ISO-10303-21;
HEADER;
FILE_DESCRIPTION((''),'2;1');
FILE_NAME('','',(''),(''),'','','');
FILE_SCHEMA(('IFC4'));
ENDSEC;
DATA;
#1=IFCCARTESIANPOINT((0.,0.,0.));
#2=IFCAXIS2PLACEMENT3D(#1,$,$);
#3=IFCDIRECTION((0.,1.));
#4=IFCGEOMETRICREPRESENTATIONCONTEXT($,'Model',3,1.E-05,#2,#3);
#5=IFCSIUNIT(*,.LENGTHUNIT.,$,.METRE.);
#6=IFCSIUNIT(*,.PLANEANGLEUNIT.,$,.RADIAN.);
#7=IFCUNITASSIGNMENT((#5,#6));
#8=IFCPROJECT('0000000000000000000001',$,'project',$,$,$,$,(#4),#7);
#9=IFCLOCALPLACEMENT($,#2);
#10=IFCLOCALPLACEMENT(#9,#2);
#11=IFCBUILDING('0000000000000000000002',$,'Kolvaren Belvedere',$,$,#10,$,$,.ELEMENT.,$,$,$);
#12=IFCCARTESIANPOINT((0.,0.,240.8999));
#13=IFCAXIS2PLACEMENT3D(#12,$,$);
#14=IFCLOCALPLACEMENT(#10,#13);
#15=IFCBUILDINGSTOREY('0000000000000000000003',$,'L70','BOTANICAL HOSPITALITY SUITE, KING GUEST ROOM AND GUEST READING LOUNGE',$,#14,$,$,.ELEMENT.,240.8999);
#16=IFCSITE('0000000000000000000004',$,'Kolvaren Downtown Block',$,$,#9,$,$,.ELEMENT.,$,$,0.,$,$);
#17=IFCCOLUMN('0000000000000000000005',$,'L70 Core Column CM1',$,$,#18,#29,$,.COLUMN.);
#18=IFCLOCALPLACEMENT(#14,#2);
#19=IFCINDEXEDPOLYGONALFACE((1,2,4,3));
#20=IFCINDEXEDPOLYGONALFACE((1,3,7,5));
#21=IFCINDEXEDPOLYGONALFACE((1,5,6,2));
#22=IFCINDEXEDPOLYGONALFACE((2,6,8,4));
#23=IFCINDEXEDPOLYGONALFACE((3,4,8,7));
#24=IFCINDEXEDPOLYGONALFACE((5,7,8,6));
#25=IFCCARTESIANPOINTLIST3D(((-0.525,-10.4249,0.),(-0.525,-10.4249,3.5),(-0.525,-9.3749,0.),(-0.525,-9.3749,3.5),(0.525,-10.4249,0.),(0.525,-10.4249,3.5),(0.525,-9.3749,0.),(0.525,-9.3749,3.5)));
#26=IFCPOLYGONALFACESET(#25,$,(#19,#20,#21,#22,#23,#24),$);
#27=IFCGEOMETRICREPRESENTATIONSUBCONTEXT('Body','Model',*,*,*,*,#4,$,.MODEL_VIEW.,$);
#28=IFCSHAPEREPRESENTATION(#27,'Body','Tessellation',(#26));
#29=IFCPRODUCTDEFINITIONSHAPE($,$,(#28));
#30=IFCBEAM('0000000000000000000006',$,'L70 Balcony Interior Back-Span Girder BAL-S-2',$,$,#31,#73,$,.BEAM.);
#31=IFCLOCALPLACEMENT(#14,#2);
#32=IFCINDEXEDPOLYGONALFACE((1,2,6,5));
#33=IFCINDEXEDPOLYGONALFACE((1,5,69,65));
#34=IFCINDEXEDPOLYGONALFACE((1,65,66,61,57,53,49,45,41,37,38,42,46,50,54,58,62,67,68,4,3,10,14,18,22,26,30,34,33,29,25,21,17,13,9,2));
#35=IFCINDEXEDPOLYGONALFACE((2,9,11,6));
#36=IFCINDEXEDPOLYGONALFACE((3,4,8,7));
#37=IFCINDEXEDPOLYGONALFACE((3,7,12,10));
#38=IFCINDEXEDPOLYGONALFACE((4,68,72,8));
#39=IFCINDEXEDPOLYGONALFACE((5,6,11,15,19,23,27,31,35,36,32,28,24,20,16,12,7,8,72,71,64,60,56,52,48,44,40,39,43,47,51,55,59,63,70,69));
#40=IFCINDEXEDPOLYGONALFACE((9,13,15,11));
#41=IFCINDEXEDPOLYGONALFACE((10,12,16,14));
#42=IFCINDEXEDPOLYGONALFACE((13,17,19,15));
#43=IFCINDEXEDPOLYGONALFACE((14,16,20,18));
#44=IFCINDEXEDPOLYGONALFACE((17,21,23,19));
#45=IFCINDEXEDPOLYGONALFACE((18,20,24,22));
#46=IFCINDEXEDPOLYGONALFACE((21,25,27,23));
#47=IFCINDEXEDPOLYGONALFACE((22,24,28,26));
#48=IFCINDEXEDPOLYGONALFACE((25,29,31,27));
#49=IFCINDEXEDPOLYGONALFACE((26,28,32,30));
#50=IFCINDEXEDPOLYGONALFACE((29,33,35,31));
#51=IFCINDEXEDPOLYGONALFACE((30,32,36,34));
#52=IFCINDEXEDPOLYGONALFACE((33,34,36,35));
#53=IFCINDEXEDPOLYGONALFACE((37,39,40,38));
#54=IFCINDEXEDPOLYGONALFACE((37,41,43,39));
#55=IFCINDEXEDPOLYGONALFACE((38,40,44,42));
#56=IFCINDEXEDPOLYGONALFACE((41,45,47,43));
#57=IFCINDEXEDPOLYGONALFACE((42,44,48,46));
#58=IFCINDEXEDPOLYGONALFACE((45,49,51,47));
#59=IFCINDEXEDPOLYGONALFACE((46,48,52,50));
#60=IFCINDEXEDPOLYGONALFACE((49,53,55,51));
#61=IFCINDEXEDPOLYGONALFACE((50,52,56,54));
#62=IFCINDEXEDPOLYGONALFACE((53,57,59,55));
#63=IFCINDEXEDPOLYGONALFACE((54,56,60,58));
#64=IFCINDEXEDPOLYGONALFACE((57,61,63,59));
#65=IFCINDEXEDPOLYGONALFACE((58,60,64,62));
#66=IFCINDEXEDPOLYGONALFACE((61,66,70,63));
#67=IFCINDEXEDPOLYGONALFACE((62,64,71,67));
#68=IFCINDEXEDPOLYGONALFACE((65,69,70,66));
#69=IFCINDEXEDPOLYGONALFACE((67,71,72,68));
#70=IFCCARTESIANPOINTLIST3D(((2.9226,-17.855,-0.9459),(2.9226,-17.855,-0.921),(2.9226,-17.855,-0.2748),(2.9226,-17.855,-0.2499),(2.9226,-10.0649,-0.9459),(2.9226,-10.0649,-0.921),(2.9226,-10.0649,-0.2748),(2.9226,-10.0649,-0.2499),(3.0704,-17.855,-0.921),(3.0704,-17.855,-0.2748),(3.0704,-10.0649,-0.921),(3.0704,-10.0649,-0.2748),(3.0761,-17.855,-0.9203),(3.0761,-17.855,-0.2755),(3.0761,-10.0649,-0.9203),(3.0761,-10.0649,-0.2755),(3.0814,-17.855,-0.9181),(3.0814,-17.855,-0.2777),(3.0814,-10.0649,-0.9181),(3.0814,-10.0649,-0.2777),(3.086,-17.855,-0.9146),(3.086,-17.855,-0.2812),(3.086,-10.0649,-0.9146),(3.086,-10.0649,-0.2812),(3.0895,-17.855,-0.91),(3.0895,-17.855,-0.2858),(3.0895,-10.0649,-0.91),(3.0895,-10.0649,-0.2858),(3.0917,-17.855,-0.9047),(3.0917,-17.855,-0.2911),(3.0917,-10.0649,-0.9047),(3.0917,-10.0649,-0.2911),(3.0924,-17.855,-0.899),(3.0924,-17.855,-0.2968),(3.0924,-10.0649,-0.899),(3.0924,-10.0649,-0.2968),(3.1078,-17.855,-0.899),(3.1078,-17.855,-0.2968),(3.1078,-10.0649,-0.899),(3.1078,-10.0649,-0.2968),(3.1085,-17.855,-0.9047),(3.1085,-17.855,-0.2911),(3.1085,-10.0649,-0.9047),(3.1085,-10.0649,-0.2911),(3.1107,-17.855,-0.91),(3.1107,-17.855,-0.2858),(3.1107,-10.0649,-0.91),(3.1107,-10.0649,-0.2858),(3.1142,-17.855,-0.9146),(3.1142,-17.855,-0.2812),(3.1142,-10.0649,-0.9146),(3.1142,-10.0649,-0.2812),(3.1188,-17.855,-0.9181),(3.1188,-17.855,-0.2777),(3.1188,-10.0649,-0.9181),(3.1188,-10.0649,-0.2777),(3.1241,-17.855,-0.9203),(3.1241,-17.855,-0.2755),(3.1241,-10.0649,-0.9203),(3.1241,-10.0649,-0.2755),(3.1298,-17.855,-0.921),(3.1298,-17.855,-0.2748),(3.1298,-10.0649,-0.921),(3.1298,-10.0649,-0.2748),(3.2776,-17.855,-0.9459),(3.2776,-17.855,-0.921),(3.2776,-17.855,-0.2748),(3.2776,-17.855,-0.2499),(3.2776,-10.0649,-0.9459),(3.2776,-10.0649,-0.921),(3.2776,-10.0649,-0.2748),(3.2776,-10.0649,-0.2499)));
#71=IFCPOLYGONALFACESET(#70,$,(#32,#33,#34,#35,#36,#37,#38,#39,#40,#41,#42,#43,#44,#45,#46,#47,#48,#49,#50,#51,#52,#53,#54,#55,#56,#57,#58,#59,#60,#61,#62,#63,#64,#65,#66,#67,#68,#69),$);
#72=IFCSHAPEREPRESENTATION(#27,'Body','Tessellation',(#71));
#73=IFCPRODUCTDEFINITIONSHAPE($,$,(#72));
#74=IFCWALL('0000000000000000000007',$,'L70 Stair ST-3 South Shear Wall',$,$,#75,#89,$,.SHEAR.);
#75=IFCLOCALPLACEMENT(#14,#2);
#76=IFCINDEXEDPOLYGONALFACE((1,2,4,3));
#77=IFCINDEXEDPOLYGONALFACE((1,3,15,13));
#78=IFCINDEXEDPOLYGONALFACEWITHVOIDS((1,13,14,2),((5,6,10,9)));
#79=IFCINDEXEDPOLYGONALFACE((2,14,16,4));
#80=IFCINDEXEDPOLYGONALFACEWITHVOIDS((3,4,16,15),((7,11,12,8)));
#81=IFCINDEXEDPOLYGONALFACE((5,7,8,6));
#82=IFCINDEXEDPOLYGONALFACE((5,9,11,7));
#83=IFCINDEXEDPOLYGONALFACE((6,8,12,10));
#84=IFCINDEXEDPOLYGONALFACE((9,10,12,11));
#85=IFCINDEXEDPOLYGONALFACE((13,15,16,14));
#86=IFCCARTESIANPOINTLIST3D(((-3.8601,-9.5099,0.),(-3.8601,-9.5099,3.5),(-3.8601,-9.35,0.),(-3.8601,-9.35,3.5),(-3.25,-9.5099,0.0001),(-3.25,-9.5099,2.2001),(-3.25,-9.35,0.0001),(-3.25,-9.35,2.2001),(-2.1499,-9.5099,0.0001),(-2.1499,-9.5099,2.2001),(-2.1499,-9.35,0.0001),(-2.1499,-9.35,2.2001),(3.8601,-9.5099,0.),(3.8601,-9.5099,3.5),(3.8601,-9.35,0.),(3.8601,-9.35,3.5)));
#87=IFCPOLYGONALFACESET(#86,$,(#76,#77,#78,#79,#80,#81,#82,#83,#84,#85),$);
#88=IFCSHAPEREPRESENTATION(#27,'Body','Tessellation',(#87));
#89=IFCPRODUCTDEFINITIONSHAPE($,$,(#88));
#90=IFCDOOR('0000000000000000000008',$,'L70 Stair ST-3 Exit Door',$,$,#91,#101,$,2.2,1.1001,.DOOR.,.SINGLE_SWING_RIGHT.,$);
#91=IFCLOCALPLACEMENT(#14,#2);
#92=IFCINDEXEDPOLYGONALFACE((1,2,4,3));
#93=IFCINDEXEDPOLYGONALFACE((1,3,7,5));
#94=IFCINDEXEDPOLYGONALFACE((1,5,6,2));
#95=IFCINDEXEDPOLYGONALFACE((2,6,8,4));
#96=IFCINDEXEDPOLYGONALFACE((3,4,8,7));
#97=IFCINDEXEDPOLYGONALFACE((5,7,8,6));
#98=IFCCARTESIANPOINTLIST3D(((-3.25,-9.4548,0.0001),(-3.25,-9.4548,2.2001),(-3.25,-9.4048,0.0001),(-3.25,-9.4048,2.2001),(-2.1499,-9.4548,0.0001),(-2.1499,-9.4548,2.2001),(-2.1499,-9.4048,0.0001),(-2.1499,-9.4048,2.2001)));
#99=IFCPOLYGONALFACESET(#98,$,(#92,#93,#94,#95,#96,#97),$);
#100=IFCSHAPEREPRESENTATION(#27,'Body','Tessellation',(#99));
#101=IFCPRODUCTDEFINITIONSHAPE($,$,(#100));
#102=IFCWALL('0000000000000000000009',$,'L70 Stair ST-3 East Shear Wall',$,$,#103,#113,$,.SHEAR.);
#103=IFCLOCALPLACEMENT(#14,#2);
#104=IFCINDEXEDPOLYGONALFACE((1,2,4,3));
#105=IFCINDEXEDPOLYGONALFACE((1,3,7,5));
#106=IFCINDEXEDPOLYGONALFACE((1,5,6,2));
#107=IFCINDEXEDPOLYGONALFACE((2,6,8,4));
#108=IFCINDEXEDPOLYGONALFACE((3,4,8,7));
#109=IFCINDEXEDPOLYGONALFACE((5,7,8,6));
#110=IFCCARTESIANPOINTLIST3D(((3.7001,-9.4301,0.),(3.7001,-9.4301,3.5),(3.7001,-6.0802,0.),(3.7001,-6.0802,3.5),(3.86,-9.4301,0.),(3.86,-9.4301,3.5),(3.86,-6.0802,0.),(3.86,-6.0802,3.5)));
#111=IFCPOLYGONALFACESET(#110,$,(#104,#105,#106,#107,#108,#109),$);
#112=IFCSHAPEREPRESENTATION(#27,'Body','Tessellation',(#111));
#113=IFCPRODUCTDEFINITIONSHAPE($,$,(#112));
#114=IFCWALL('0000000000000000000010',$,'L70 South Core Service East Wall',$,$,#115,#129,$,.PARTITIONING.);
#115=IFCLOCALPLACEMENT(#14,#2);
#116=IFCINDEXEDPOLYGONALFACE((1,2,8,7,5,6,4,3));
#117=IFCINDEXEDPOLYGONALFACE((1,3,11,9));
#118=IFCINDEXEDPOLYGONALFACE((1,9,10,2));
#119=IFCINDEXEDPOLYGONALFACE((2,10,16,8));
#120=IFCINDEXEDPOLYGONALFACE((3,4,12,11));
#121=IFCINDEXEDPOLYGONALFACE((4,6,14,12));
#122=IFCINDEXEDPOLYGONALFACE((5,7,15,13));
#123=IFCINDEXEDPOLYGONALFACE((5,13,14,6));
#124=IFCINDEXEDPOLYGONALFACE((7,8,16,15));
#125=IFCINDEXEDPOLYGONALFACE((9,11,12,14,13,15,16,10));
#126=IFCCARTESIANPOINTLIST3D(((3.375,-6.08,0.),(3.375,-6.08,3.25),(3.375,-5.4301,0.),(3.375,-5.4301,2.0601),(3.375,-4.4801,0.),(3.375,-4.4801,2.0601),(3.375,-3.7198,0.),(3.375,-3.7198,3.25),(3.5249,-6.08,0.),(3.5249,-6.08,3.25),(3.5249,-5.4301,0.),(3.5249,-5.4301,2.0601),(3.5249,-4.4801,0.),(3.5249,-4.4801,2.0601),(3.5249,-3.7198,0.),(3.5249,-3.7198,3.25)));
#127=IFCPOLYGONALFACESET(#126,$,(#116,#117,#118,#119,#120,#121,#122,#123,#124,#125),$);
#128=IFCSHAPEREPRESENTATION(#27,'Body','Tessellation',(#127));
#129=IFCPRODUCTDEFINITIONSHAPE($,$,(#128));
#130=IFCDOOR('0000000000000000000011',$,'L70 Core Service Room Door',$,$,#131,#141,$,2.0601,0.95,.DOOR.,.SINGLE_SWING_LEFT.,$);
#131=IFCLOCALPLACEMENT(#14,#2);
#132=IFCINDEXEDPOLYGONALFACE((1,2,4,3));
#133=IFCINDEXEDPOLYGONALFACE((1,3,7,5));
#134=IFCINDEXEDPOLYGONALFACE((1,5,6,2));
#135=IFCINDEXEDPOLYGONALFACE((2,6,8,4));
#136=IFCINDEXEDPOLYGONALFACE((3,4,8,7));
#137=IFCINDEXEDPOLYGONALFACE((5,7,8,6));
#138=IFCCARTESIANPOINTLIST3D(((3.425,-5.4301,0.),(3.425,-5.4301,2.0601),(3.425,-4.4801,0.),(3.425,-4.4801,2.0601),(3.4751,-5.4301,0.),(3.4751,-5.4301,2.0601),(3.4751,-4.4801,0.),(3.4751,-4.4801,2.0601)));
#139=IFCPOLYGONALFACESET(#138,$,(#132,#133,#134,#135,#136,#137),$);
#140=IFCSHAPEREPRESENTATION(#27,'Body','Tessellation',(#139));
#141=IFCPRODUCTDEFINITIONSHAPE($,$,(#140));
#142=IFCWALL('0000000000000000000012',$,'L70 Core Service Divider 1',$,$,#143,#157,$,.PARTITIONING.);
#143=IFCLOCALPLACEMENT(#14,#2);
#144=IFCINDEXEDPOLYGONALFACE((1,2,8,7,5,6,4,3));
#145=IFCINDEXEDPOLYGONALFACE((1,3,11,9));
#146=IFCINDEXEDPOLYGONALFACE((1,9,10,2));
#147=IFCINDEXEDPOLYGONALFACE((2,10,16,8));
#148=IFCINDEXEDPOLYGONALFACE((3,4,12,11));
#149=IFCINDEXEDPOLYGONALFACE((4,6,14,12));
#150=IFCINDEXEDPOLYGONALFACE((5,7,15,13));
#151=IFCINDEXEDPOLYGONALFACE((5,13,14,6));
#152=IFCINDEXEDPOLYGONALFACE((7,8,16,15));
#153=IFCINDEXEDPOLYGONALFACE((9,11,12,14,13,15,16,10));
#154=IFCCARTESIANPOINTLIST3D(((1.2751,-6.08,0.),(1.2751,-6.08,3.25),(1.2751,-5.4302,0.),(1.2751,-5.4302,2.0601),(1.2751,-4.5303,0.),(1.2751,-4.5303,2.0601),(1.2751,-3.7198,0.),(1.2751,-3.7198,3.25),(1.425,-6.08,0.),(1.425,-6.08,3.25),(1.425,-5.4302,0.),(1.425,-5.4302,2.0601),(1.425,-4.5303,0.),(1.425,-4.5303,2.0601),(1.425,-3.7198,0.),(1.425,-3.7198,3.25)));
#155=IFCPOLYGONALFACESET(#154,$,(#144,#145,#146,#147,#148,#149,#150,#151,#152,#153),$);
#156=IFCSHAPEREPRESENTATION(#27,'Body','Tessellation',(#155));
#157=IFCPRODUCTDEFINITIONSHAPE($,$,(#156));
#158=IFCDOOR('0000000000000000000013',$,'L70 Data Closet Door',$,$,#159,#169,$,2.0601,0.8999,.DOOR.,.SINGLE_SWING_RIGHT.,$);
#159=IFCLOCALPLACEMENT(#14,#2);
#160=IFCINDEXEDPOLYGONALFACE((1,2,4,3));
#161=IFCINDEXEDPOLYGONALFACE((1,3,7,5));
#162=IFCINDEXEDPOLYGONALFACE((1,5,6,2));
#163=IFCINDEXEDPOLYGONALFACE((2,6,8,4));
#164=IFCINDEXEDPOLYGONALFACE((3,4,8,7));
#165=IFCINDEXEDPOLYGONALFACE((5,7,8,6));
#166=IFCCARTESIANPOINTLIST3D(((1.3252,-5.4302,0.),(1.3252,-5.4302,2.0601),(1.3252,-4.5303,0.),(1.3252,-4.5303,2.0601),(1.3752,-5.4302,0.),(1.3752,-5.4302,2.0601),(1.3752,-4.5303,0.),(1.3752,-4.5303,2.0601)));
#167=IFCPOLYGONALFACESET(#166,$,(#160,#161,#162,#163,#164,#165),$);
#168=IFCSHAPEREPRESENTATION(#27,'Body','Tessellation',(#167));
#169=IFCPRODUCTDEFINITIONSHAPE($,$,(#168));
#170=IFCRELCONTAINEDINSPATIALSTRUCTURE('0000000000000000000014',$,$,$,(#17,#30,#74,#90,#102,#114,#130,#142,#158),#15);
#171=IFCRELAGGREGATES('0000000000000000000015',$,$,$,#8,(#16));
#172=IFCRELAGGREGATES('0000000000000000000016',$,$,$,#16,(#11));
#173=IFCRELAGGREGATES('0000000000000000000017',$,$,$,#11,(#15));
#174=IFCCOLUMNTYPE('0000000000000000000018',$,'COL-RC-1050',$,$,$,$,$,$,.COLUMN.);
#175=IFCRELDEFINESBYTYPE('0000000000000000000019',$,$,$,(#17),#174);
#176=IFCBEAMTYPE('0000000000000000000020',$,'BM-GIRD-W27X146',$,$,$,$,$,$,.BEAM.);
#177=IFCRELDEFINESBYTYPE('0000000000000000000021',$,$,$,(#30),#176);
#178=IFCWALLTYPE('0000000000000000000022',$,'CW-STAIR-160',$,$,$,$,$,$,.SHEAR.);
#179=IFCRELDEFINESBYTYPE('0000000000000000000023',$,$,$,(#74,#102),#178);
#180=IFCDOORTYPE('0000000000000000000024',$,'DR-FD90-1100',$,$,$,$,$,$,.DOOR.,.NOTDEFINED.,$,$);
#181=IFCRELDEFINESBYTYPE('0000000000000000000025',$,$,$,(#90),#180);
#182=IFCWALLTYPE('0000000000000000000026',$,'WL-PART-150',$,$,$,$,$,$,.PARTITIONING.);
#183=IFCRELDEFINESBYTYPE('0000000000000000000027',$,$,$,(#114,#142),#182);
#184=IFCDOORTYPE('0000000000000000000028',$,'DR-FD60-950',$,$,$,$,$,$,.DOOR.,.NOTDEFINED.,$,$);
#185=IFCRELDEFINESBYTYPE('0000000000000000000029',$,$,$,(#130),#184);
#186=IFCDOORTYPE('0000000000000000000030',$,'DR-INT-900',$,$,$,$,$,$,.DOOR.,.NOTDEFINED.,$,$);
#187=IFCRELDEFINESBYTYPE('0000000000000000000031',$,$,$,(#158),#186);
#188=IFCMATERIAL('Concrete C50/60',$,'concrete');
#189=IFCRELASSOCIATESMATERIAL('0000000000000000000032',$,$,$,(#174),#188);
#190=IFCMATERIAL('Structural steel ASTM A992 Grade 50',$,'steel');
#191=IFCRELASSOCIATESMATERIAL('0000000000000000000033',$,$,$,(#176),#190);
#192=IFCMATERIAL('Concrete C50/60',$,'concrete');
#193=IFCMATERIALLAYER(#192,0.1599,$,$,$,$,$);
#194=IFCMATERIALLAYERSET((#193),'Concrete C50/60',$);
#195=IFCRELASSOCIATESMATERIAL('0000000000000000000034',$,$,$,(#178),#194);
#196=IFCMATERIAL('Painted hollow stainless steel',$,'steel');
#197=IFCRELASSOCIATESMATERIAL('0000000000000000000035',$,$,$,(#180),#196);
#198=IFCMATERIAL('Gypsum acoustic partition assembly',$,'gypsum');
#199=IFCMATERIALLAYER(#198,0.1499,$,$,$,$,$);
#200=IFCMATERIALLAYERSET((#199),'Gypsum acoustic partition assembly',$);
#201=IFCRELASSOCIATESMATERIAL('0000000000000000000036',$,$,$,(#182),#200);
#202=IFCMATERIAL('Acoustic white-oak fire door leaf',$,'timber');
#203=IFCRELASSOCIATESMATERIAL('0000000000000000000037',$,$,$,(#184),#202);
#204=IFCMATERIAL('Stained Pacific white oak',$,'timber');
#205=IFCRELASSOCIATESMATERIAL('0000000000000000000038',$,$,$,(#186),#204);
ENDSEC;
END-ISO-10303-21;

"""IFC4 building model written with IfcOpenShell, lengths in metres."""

from ifc_helpers import new_model, si_unit, direction, frame, frame_2d, origin, origin_2d, place, context, subcontext, project, spatial, rectangle, i_section, extrude, material, layer, layer_set, material_profile, profile_set, type_object, element, fill, save


model = new_model("IFC4")

# Units and contexts
model_context = context("Model", 3, precision=1e-05, world=origin(), true_north=direction((0.0, 1.0)))
body_context = subcontext(model_context, "Body", "Model", "MODEL_VIEW")
ifc_project = project(units=[si_unit("LENGTHUNIT", "METRE"), si_unit("PLANEANGLEUNIT", "RADIAN")], contexts=[model_context])

# Site, building, storey
site_placement = place(None, origin())
site = spatial("IfcSite", under=ifc_project, at=site_placement, Name="Kolvaren Downtown Block", CompositionType="ELEMENT", RefElevation=0.0)
building_placement = place(site_placement, origin())
building = spatial("IfcBuilding", under=site, at=building_placement, Name="Kolvaren Belvedere", CompositionType="ELEMENT")
storey_placement = place(building_placement, frame((0.0, 0.0, 240.8999)))
storey = spatial("IfcBuildingStorey", under=building, at=storey_placement, Name="L70", Description="BOTANICAL HOSPITALITY SUITE, KING GUEST ROOM AND GUEST READING LOUNGE", CompositionType="ELEMENT", Elevation=240.8999)

# Column
ifc_material_1 = material(Name="Concrete C50/60", Category="concrete")
ifc_material_profile_1 = material_profile(ifc_material_1, rectangle(XDim=1.05, YDim=1.05, at=origin_2d()), Name="RC 1050X1050")
ifc_profile_set_1 = profile_set([ifc_material_profile_1], Name="Concrete C50/60")
column_type = type_object("IfcColumnType", Name="COL-RC-1050", PredefinedType="COLUMN", material=ifc_profile_set_1)
column_placement = place(storey_placement, frame((0.0, -9.8999, 0.0), z_axis=(0.0, 0.0, 1.0), x_axis=(1.0, 0.0, 0.0)))
element("IfcColumn", 1, at=column_placement, inside=storey, type_object=column_type, Name="L70 Core Column CM1", PredefinedType="COLUMN", context=body_context, shape_type="SweptSolid", body=[
    extrude(rectangle(XDim=1.05, YDim=1.05, at=origin_2d()), origin(), (0.0, 0.0, 1.0), 3.5),
])

# Beam
ifc_material_2 = material(Name="Structural steel ASTM A992 Grade 50", Category="steel")
ifc_material_profile_2 = material_profile(ifc_material_2, i_section(OverallWidth=0.355, OverallDepth=0.696, WebThickness=0.0154, FlangeThickness=0.0249, FilletRadius=0.022, at=origin_2d()), Name="W27X146")
ifc_profile_set_2 = profile_set([ifc_material_profile_2], Name="Structural steel ASTM A992 Grade 50")
beam_type = type_object("IfcBeamType", Name="BM-GIRD-W27X146", PredefinedType="BEAM", material=ifc_profile_set_2)
beam_placement = place(storey_placement, frame((3.1001, -10.0649, -0.5979), z_axis=(0.0, -1.0, 0.0), x_axis=(1.0, 0.0, 0.0)))
element("IfcBeam", 2, at=beam_placement, inside=storey, type_object=beam_type, Name="L70 Balcony Interior Back-Span Girder BAL-S-2", PredefinedType="BEAM", context=body_context, shape_type="SweptSolid", body=[
    extrude(i_section(OverallWidth=0.355, OverallDepth=0.696, WebThickness=0.0154, FlangeThickness=0.0249, FilletRadius=0.022, at=origin_2d()), origin(), (0.0, 0.0, 1.0), 7.79),
])

# Wall, opening, door
ifc_material_3 = material(Name="Concrete C50/60", Category="concrete")
ifc_layer_1 = layer(ifc_material_3, 0.1599)
ifc_layer_set_1 = layer_set([ifc_layer_1], Name="Concrete C50/60")
wall_type_1 = type_object("IfcWallType", Name="CW-STAIR-160", PredefinedType="SHEAR", material=ifc_layer_set_1)
wall_1_placement = place(storey_placement, frame((3.8601, -9.4299, 0.0), z_axis=(0.0, 0.0, 1.0), x_axis=(-1.0, 0.0, 0.0)))
wall_1 = element("IfcWall", 3, at=wall_1_placement, inside=storey, type_object=wall_type_1, Name="L70 Stair ST-3 South Shear Wall", PredefinedType="SHEAR", context=body_context, shape_type="SweptSolid", body=[
    extrude(rectangle(XDim=7.7202, YDim=0.1599, at=frame_2d((3.8601, 0.0))), origin(), (0.0, 0.0, 1.0), 3.5),
])
opening_1_placement = place(wall_1_placement, frame((6.01, 0.0, 0.0)))
opening_1 = element("IfcOpeningElement", 4, at=opening_1_placement, cuts=wall_1, PredefinedType="OPENING", context=body_context, shape_type="SweptSolid", body=[
    extrude(rectangle(XDim=1.1001, YDim=2.2, at=frame_2d((0.55, 1.1001))), frame((0.0, 0.0898, 0.0), z_axis=(0.0, -1.0, 0.0), x_axis=(1.0, 0.0, 0.0)), (0.0, 0.0, 1.0), 0.1799),
])
ifc_material_4 = material(Name="Painted hollow stainless steel", Category="steel")
door_type_1 = type_object("IfcDoorType", Name="DR-FD90-1100", OperationType="NOTDEFINED", PredefinedType="DOOR", material=ifc_material_4)
door_1_placement = place(opening_1_placement, origin())
door_1 = element("IfcDoor", 5, at=door_1_placement, inside=storey, type_object=door_type_1, Name="L70 Stair ST-3 Exit Door", OperationType="SINGLE_SWING_RIGHT", OverallHeight=2.2, OverallWidth=1.1001, PredefinedType="DOOR", context=body_context, shape_type="SweptSolid", body=[
    extrude(rectangle(XDim=1.1001, YDim=2.2, at=frame_2d((0.55, 1.1001))), frame((0.0, 0.0249, 0.0), z_axis=(0.0, -1.0, 0.0), x_axis=(1.0, 0.0, 0.0)), (0.0, 0.0, 1.0), 0.05),
])
fill(opening_1, door_1)

# Wall
wall_2_placement = place(storey_placement, frame((3.78, -9.4299, 0.0), z_axis=(0.0, 0.0, 1.0), x_axis=(0.0, 1.0, 0.0)))
element("IfcWall", 6, at=wall_2_placement, inside=storey, type_object=wall_type_1, Name="L70 Stair ST-3 East Shear Wall", PredefinedType="SHEAR", context=body_context, shape_type="SweptSolid", body=[
    extrude(rectangle(XDim=3.3499, YDim=0.1599, at=frame_2d((1.6748, 0.0))), origin(), (0.0, 0.0, 1.0), 3.5),
])

# Walls, openings, doors
ifc_material_5 = material(Name="Gypsum acoustic partition assembly", Category="gypsum")
ifc_layer_2 = layer(ifc_material_5, 0.1499)
ifc_layer_set_2 = layer_set([ifc_layer_2], Name="Gypsum acoustic partition assembly")
wall_type_2 = type_object("IfcWallType", Name="WL-PART-150", PredefinedType="PARTITIONING", material=ifc_layer_set_2)
wall_3_placement = place(storey_placement, frame((3.45, -6.0801, 0.0), z_axis=(0.0, 0.0, 1.0), x_axis=(0.0, 1.0, 0.0)))
wall_3 = element("IfcWall", 7, at=wall_3_placement, inside=storey, type_object=wall_type_2, Name="L70 South Core Service East Wall", PredefinedType="PARTITIONING", context=body_context, shape_type="SweptSolid", body=[
    extrude(rectangle(XDim=2.3601, YDim=0.1499, at=frame_2d((1.1802, 0.0))), origin(), (0.0, 0.0, 1.0), 3.25),
])
opening_2_placement = place(wall_3_placement, frame((0.6499, 0.0, 0.0)))
opening_2 = element("IfcOpeningElement", 8, at=opening_2_placement, cuts=wall_3, PredefinedType="OPENING", context=body_context, shape_type="SweptSolid", body=[
    extrude(rectangle(XDim=0.95, YDim=2.0601, at=frame_2d((0.4751, 1.03))), frame((0.0, 0.085, 0.0), z_axis=(0.0, -1.0, 0.0), x_axis=(1.0, 0.0, 0.0)), (0.0, 0.0, 1.0), 0.1699),
])
ifc_material_6 = material(Name="Acoustic white-oak fire door leaf", Category="timber")
door_type_2 = type_object("IfcDoorType", Name="DR-FD60-950", OperationType="NOTDEFINED", PredefinedType="DOOR", material=ifc_material_6)
door_2_placement = place(opening_2_placement, origin())
door_2 = element("IfcDoor", 9, at=door_2_placement, inside=storey, type_object=door_type_2, Name="L70 Core Service Room Door", OperationType="SINGLE_SWING_LEFT", OverallHeight=2.0601, OverallWidth=0.95, PredefinedType="DOOR", context=body_context, shape_type="SweptSolid", body=[
    extrude(rectangle(XDim=0.95, YDim=2.0601, at=frame_2d((0.4751, 1.03))), frame((0.0, 0.0249, 0.0), z_axis=(0.0, -1.0, 0.0), x_axis=(1.0, 0.0, 0.0)), (0.0, 0.0, 1.0), 0.05),
])
fill(opening_2, door_2)
wall_4_placement = place(storey_placement, frame((1.3501, -6.0801, 0.0), z_axis=(0.0, 0.0, 1.0), x_axis=(0.0, 1.0, 0.0)))
wall_4 = element("IfcWall", 10, at=wall_4_placement, inside=storey, type_object=wall_type_2, Name="L70 Core Service Divider 1", PredefinedType="PARTITIONING", context=body_context, shape_type="SweptSolid", body=[
    extrude(rectangle(XDim=2.3601, YDim=0.1499, at=frame_2d((1.1802, 0.0))), origin(), (0.0, 0.0, 1.0), 3.25),
])
opening_3_placement = place(wall_4_placement, frame((0.6499, 0.0, 0.0)))
opening_3 = element("IfcOpeningElement", 11, at=opening_3_placement, cuts=wall_4, PredefinedType="OPENING", context=body_context, shape_type="SweptSolid", body=[
    extrude(rectangle(XDim=0.8999, YDim=2.0601, at=frame_2d((0.45, 1.03))), frame((0.0, 0.085, 0.0), z_axis=(0.0, -1.0, 0.0), x_axis=(1.0, 0.0, 0.0)), (0.0, 0.0, 1.0), 0.1699),
])
ifc_material_7 = material(Name="Stained Pacific white oak", Category="timber")
door_type_3 = type_object("IfcDoorType", Name="DR-INT-900", OperationType="NOTDEFINED", PredefinedType="DOOR", material=ifc_material_7)
door_3_placement = place(opening_3_placement, origin())
door_3 = element("IfcDoor", 12, at=door_3_placement, inside=storey, type_object=door_type_3, Name="L70 Data Closet Door", OperationType="SINGLE_SWING_RIGHT", OverallHeight=2.0601, OverallWidth=0.8999, PredefinedType="DOOR", context=body_context, shape_type="SweptSolid", body=[
    extrude(rectangle(XDim=0.8999, YDim=2.0601, at=frame_2d((0.45, 1.03))), frame((0.0, 0.0249, 0.0), z_axis=(0.0, -1.0, 0.0), x_axis=(1.0, 0.0, 0.0)), (0.0, 0.0, 1.0), 0.05),
])
fill(opening_3, door_3)

save(model, "model.ifc")
